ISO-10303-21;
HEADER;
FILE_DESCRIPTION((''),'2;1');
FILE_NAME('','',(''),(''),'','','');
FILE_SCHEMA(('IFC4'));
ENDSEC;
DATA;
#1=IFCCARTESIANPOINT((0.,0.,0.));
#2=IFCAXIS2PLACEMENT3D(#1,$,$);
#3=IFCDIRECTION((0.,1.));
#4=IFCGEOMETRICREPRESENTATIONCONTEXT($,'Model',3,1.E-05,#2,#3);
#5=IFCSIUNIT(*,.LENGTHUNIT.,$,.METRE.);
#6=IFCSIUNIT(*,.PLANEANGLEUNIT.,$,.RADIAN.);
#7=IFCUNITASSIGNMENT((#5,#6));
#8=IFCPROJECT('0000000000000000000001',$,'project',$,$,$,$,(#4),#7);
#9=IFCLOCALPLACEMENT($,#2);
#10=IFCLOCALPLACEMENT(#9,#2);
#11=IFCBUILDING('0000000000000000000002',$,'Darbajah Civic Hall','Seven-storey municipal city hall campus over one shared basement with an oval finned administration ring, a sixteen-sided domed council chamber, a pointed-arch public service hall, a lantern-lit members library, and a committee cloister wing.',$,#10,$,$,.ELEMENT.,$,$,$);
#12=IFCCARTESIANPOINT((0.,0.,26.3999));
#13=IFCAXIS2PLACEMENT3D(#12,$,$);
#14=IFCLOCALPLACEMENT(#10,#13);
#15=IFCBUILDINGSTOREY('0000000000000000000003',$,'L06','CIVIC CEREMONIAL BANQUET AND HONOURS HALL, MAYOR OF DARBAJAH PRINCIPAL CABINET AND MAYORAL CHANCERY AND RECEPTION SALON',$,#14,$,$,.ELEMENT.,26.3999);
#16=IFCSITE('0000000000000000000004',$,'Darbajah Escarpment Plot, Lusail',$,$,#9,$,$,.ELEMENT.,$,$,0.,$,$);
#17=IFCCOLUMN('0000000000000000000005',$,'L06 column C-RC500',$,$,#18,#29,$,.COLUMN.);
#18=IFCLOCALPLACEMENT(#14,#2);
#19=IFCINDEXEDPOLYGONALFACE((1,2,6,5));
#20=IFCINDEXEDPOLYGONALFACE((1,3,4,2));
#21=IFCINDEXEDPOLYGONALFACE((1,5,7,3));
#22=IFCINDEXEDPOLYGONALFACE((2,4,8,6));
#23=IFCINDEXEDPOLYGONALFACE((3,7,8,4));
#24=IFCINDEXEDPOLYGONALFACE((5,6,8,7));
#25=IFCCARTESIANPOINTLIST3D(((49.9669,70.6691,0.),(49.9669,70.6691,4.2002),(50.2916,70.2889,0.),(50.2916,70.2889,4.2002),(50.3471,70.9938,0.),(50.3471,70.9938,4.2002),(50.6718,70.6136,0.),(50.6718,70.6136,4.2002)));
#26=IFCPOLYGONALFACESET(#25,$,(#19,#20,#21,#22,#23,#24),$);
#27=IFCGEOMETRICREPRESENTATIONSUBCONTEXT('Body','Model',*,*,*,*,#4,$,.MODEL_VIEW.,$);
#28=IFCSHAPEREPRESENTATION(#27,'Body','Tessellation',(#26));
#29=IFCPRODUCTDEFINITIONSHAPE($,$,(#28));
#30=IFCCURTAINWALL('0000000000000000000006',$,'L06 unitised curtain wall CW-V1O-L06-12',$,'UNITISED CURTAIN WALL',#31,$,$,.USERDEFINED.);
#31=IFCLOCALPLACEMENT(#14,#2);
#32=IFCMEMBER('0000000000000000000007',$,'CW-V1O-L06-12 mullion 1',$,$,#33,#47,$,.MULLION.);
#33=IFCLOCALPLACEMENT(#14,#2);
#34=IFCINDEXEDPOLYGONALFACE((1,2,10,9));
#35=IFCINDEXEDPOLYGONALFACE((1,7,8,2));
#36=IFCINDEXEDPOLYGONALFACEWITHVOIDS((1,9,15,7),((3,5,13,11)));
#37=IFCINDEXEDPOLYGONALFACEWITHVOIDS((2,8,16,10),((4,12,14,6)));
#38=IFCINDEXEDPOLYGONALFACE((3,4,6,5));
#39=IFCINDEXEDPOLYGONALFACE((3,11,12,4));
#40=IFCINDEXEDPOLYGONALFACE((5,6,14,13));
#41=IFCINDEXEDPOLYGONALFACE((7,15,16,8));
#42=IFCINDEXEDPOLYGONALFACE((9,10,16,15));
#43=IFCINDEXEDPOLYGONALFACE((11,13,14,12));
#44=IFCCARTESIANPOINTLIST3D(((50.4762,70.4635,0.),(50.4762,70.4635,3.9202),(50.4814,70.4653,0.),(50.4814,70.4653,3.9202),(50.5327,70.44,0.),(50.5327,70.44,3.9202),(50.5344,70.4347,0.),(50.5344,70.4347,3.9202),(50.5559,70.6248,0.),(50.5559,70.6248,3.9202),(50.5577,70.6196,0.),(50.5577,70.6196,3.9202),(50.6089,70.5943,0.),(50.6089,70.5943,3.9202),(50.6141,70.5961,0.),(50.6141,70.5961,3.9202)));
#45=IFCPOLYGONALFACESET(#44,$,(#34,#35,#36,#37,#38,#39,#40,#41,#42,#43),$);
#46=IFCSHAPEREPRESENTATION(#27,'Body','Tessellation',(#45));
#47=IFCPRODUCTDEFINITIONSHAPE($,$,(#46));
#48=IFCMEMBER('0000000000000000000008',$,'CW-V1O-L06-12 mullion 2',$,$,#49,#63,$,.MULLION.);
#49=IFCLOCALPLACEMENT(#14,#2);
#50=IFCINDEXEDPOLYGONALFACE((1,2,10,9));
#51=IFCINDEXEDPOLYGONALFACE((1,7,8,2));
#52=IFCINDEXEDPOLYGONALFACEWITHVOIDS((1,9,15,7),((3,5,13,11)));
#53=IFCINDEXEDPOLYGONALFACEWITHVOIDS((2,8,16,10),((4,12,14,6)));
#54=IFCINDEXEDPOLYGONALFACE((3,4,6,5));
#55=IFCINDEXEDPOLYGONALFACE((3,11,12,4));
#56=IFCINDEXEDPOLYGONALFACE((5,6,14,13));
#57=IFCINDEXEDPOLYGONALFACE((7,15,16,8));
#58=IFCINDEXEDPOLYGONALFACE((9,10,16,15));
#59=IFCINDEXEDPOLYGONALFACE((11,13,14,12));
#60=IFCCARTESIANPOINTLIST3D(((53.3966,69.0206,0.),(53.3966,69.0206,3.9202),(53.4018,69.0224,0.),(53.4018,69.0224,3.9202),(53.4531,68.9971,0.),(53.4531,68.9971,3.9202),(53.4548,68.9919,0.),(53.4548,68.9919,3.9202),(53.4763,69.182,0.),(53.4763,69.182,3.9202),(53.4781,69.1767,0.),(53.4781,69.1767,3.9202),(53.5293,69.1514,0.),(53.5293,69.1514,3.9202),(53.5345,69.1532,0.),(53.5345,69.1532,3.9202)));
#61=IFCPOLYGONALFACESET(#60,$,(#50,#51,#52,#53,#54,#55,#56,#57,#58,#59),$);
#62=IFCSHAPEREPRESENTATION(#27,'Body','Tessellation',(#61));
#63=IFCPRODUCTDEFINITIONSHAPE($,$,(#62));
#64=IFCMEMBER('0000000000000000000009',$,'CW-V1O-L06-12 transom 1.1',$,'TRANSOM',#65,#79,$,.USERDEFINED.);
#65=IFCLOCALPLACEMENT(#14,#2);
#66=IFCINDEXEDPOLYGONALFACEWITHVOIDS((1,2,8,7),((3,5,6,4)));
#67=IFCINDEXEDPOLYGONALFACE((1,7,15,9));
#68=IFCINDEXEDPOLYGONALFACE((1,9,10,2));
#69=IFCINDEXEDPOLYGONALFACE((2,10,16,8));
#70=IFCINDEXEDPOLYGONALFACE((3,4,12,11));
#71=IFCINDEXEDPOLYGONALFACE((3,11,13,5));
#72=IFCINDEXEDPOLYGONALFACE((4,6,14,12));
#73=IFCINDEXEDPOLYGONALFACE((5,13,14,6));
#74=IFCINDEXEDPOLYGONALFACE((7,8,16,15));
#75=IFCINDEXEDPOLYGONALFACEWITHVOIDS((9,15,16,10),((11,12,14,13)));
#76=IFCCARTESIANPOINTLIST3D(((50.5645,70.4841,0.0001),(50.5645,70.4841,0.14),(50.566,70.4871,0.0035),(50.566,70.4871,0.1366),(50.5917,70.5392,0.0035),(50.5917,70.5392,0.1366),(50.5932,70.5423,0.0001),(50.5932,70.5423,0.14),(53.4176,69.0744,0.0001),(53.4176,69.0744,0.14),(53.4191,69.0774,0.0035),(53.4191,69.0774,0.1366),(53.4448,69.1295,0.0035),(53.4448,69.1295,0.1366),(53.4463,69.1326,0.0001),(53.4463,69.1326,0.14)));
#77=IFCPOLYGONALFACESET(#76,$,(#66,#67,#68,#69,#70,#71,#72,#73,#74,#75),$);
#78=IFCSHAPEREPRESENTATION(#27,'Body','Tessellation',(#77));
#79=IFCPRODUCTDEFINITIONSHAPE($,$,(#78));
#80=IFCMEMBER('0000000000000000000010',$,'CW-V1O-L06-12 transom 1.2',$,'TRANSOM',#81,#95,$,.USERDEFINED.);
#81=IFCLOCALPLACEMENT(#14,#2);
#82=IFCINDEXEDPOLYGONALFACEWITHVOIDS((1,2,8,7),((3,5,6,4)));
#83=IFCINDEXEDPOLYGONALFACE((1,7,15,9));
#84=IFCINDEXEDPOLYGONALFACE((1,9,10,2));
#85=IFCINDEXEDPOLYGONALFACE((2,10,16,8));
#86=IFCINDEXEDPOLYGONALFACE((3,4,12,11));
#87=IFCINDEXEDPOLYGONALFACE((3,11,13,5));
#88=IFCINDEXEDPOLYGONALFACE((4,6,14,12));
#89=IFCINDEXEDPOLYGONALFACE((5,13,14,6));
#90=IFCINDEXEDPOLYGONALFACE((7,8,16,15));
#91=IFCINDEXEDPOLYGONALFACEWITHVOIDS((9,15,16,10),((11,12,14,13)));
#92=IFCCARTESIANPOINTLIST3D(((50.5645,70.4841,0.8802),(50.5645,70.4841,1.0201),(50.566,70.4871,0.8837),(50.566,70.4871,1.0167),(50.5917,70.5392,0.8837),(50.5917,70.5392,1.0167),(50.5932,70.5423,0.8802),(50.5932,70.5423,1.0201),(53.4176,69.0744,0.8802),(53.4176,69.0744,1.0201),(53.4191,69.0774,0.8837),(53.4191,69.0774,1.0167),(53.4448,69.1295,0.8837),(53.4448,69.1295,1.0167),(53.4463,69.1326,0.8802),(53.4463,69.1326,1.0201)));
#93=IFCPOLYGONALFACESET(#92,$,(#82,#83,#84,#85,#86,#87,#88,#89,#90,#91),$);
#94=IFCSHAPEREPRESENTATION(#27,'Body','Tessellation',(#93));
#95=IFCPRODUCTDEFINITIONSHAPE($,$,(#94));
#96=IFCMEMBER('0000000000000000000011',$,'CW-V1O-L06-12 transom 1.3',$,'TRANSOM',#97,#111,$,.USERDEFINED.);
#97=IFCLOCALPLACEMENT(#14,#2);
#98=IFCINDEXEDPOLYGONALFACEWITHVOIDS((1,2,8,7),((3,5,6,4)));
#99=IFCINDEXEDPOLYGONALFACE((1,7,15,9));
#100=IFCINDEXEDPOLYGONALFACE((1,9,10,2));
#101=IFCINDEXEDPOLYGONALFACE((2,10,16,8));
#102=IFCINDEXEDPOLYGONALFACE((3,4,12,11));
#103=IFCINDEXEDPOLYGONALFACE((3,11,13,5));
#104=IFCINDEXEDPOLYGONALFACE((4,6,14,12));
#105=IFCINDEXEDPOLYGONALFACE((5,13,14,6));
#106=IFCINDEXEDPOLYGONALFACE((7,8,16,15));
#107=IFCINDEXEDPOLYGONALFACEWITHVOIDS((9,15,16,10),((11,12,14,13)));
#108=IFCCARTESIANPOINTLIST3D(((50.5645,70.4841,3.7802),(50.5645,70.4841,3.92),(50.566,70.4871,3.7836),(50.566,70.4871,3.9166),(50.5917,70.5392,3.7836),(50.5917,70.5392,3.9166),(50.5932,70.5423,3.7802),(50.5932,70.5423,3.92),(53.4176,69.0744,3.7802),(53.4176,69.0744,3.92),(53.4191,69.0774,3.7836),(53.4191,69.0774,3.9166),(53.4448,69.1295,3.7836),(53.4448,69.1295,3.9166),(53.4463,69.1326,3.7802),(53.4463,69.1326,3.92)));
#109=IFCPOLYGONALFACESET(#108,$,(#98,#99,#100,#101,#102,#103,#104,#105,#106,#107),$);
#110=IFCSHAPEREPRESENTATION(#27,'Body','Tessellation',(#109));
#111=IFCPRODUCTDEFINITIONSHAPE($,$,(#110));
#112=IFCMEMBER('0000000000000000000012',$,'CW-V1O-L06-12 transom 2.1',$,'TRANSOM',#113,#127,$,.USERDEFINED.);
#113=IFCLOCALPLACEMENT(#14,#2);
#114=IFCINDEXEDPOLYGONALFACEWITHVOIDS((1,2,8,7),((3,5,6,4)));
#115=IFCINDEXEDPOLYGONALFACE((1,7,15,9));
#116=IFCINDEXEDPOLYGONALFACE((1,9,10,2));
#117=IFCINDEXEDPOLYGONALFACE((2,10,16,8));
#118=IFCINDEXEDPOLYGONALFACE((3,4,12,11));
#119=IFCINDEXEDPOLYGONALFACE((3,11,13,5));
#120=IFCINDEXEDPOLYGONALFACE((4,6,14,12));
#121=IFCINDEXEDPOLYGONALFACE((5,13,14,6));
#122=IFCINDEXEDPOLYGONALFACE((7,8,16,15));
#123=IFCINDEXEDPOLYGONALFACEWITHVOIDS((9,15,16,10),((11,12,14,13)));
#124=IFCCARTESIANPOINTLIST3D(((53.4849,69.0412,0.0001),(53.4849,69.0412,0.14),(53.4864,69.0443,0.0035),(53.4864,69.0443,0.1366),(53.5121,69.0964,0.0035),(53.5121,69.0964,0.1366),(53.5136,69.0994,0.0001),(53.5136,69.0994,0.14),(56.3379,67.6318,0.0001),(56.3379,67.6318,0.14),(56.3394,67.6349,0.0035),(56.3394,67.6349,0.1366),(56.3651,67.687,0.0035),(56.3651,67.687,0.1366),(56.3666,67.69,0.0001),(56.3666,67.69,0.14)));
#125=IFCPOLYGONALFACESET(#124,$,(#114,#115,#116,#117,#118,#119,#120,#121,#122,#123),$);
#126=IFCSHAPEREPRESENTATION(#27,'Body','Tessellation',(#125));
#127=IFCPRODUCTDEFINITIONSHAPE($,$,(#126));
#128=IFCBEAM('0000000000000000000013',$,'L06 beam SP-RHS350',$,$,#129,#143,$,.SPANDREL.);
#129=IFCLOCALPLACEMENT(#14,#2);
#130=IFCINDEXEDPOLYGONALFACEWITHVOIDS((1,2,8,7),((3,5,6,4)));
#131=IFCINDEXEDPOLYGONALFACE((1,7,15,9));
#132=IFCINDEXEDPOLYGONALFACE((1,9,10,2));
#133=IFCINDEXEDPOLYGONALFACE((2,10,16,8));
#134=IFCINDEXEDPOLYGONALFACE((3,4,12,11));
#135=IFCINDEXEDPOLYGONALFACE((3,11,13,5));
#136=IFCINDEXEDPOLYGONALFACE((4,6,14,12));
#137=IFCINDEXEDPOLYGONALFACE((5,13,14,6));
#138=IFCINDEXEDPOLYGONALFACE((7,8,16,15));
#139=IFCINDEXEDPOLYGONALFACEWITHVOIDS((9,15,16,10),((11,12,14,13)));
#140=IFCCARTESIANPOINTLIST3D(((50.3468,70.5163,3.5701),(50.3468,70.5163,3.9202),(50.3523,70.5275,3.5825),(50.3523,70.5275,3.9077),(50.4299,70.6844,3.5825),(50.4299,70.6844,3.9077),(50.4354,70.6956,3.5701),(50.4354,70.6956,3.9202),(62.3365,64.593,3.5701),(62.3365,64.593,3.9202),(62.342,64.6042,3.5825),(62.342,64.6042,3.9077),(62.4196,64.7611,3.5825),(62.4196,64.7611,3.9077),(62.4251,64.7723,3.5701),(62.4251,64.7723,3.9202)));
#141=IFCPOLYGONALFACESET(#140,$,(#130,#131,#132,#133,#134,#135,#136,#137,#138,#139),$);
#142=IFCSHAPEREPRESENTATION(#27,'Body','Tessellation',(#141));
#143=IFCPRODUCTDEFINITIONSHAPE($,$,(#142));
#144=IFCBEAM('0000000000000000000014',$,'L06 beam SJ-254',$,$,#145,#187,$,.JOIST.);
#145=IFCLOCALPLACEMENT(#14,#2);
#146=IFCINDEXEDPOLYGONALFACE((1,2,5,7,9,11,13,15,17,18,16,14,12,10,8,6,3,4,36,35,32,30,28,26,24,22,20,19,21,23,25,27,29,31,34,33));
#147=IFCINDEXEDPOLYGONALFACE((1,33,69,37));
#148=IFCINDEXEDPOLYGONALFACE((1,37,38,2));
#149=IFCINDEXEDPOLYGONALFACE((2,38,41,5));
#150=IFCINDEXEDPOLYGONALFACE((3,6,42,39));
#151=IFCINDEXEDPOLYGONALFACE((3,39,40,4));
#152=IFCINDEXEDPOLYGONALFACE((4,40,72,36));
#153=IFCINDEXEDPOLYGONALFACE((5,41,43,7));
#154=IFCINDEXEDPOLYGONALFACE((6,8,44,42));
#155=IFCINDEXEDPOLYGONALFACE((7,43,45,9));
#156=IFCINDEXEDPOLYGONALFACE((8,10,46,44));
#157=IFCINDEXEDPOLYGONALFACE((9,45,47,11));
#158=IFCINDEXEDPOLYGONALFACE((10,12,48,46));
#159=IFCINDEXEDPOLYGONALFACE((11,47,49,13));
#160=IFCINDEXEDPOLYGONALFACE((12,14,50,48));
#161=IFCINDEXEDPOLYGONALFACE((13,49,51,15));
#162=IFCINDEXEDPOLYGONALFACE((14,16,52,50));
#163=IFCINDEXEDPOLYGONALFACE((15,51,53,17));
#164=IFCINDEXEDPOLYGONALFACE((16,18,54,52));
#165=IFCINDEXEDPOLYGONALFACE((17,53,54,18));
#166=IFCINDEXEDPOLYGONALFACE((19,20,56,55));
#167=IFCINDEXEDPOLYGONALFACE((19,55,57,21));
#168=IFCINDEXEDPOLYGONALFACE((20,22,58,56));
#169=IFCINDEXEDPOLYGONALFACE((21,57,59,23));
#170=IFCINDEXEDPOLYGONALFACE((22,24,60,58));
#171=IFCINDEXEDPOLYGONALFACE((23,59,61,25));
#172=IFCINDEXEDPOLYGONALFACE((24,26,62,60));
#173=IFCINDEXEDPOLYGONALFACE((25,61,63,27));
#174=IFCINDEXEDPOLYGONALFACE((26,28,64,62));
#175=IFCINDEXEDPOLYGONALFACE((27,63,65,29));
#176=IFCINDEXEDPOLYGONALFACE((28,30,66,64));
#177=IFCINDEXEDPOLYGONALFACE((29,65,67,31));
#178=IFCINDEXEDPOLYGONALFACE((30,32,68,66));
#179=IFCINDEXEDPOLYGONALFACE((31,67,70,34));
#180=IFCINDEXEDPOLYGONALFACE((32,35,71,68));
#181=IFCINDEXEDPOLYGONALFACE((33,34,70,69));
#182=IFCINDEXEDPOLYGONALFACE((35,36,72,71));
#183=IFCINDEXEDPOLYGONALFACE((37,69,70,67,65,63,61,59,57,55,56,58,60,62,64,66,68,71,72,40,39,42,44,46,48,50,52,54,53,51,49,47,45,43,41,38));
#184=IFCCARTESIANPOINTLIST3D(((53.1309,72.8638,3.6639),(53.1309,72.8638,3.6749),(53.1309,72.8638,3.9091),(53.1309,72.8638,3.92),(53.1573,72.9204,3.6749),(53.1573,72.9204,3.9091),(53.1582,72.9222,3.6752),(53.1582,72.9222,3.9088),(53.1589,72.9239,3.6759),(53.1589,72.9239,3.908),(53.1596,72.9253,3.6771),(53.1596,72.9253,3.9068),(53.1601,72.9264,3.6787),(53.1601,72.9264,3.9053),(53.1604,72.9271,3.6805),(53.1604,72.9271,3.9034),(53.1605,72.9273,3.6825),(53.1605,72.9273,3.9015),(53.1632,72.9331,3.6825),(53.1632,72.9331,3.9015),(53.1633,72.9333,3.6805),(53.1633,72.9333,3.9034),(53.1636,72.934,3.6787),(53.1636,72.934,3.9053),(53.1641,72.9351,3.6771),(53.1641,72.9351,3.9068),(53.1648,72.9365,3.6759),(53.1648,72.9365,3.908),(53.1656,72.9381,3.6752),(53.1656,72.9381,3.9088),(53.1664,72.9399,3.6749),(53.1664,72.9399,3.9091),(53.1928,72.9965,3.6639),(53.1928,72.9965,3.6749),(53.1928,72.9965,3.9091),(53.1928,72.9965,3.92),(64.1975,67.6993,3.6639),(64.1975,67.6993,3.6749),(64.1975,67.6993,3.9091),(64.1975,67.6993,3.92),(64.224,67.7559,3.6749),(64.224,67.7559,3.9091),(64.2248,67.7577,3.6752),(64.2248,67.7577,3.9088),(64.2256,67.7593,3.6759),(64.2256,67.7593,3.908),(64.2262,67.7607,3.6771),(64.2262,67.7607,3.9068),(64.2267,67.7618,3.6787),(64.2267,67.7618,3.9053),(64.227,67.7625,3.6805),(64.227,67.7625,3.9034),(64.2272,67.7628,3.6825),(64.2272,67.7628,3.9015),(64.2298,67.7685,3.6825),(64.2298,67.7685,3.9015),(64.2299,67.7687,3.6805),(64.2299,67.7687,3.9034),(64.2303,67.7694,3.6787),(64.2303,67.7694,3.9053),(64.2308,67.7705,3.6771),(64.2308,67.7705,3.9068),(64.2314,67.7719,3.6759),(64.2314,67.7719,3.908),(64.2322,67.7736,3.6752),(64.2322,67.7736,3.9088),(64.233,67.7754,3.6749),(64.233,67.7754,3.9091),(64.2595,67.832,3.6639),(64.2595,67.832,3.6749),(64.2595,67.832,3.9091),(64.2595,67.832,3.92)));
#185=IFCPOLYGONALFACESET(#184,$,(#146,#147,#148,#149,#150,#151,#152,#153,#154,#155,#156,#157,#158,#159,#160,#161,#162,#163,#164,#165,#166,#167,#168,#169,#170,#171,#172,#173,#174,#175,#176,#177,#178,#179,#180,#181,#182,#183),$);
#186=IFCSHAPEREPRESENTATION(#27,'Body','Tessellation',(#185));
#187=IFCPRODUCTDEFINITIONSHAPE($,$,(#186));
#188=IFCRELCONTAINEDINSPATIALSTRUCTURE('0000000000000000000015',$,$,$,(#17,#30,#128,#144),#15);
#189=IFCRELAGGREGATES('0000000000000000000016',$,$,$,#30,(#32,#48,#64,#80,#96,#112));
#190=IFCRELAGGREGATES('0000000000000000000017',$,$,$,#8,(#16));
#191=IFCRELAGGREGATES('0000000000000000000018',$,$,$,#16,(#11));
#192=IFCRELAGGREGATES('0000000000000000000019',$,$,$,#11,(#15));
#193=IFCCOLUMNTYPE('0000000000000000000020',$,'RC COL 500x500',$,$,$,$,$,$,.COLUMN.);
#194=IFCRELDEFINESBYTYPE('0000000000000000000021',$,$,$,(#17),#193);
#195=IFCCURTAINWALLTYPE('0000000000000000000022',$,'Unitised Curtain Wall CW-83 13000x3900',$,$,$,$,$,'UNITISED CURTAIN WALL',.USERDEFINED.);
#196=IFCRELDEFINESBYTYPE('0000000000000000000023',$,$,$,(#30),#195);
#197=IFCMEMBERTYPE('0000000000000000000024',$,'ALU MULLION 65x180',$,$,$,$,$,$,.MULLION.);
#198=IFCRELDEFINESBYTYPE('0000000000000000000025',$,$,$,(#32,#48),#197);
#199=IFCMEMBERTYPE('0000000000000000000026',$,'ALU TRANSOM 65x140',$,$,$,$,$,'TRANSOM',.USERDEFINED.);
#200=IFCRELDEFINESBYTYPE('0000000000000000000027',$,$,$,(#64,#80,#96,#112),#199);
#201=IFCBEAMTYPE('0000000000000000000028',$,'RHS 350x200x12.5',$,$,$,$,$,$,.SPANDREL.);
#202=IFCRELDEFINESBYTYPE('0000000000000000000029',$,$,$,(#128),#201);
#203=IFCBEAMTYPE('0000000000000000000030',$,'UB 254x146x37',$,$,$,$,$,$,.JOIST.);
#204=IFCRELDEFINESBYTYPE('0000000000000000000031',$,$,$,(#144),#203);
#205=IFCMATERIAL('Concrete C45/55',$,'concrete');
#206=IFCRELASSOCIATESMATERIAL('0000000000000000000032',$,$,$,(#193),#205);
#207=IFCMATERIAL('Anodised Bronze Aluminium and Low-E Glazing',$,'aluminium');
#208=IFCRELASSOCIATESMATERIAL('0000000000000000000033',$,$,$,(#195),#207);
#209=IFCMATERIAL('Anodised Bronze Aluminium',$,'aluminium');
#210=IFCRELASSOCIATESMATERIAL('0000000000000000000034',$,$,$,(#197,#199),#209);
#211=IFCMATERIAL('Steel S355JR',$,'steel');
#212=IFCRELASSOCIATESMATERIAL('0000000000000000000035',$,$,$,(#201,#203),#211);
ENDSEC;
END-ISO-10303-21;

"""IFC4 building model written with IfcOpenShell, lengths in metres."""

from ifc_helpers import new_model, si_unit, direction, frame, origin, origin_2d, place, context, subcontext, project, spatial, rectangle, hollow_rectangle, i_section, extrude, material, material_profile, profile_set, type_object, element, aggregate, save


model = new_model("IFC4")

# Units and contexts
model_context = context("Model", 3, precision=1e-05, world=origin(), true_north=direction((0.0, 1.0)))
body_context = subcontext(model_context, "Body", "Model", "MODEL_VIEW")
ifc_project = project(units=[si_unit("LENGTHUNIT", "METRE"), si_unit("PLANEANGLEUNIT", "RADIAN")], contexts=[model_context])

# Site, building, storey
site_placement = place(None, origin())
site = spatial("IfcSite", under=ifc_project, at=site_placement, Name="Darbajah Escarpment Plot, Lusail", CompositionType="ELEMENT", RefElevation=0.0)
building_placement = place(site_placement, origin())
building = spatial("IfcBuilding", under=site, at=building_placement, Name="Darbajah Civic Hall", Description="Seven-storey municipal city hall campus over one shared basement with an oval finned administration ring, a sixteen-sided domed council chamber, a pointed-arch public service hall, a lantern-lit members library, and a committee cloister wing.", CompositionType="ELEMENT")
storey_placement = place(building_placement, frame((0.0, 0.0, 26.3999)))
storey = spatial("IfcBuildingStorey", under=building, at=storey_placement, Name="L06", Description="CIVIC CEREMONIAL BANQUET AND HONOURS HALL, MAYOR OF DARBAJAH PRINCIPAL CABINET AND MAYORAL CHANCERY AND RECEPTION SALON", CompositionType="ELEMENT", Elevation=26.3999)

# Column
ifc_material_1 = material(Name="Concrete C45/55", Category="concrete")
ifc_material_profile_1 = material_profile(ifc_material_1, rectangle(XDim=0.5, YDim=0.5, at=origin_2d()), Name="RC COL 500x500")
ifc_profile_set_1 = profile_set([ifc_material_profile_1], Name="Concrete C45/55")
column_type = type_object("IfcColumnType", Name="RC COL 500x500", PredefinedType="COLUMN", material=ifc_profile_set_1)
column_placement = place(storey_placement, frame((50.3193, 70.6414, 0.0), z_axis=(0.0, 0.0, 1.0), x_axis=(-0.760406, -0.649448, 0.0)))
element("IfcColumn", 1, at=column_placement, inside=storey, type_object=column_type, Name="L06 column C-RC500", PredefinedType="COLUMN", context=body_context, shape_type="SweptSolid", body=[
    extrude(rectangle(XDim=0.5, YDim=0.5, at=origin_2d()), origin(), (0.0, 0.0, 1.0), 4.2002),
])

# Curtain wall, members
ifc_material_2 = material(Name="Anodised Bronze Aluminium and Low-E Glazing", Category="aluminium")
curtain_wall_type = type_object("IfcCurtainWallType", Name="Unitised Curtain Wall CW-83 13000x3900", ElementType="UNITISED CURTAIN WALL", PredefinedType="USERDEFINED", material=ifc_material_2)
curtain_wall_placement = place(storey_placement, origin())
curtain_wall = element("IfcCurtainWall", 2, at=curtain_wall_placement, inside=storey, type_object=curtain_wall_type, Name="L06 unitised curtain wall CW-V1O-L06-12", ObjectType="UNITISED CURTAIN WALL", PredefinedType="USERDEFINED")
ifc_material_3 = material(Name="Anodised Bronze Aluminium", Category="aluminium")
ifc_material_profile_2 = material_profile(ifc_material_3, hollow_rectangle(XDim=0.0649, YDim=0.1799, WallThickness=0.0039, at=origin_2d()), Name="ALU MULLION 65x180")
ifc_profile_set_2 = profile_set([ifc_material_profile_2], Name="Anodised Bronze Aluminium")
member_type_1 = type_object("IfcMemberType", Name="ALU MULLION 65x180", PredefinedType="MULLION", material=ifc_profile_set_2)
member_1_placement = place(storey_placement, frame((50.5452, 70.5298, 0.0), z_axis=(0.0, 0.0, 1.0), x_axis=(0.896564, -0.442915, 0.0)))
member_1 = element("IfcMember", 3, at=member_1_placement, type_object=member_type_1, Name="CW-V1O-L06-12 mullion 1", PredefinedType="MULLION", context=body_context, shape_type="SweptSolid", body=[
    extrude(hollow_rectangle(XDim=0.0649, YDim=0.1799, WallThickness=0.0039, at=origin_2d()), origin(), (0.0, 0.0, 1.0), 3.9202),
])
member_2_placement = place(storey_placement, frame((53.4656, 69.0869, 0.0), z_axis=(0.0, 0.0, 1.0), x_axis=(0.896564, -0.442915, 0.0)))
member_2 = element("IfcMember", 4, at=member_2_placement, type_object=member_type_1, Name="CW-V1O-L06-12 mullion 2", PredefinedType="MULLION", context=body_context, shape_type="SweptSolid", body=[
    extrude(hollow_rectangle(XDim=0.0649, YDim=0.1799, WallThickness=0.0039, at=origin_2d()), origin(), (0.0, 0.0, 1.0), 3.9202),
])
ifc_material_profile_3 = material_profile(ifc_material_3, hollow_rectangle(XDim=0.0649, YDim=0.1399, WallThickness=0.0034, at=origin_2d()), Name="ALU TRANSOM 65x140")
ifc_profile_set_3 = profile_set([ifc_material_profile_3], Name="Anodised Bronze Aluminium")
member_type_2 = type_object("IfcMemberType", Name="ALU TRANSOM 65x140", ElementType="TRANSOM", PredefinedType="USERDEFINED", material=ifc_profile_set_3)
member_3_placement = place(storey_placement, frame((50.5789, 70.5132, 0.0701), z_axis=(0.896535, -0.442974, 0.0), x_axis=(0.442974, 0.896535, 0.0)))
member_3 = element("IfcMember", 5, at=member_3_placement, type_object=member_type_2, Name="CW-V1O-L06-12 transom 1.1", ObjectType="TRANSOM", PredefinedType="USERDEFINED", context=body_context, shape_type="SweptSolid", body=[
    extrude(hollow_rectangle(XDim=0.0649, YDim=0.1399, WallThickness=0.0034, at=origin_2d()), origin(), (0.0, 0.0, 1.0), 3.1824),
])
member_4_placement = place(storey_placement, frame((50.5789, 70.5132, 0.9502), z_axis=(0.896535, -0.442974, 0.0), x_axis=(0.442974, 0.896535, 0.0)))
member_4 = element("IfcMember", 6, at=member_4_placement, type_object=member_type_2, Name="CW-V1O-L06-12 transom 1.2", ObjectType="TRANSOM", PredefinedType="USERDEFINED", context=body_context, shape_type="SweptSolid", body=[
    extrude(hollow_rectangle(XDim=0.0649, YDim=0.1399, WallThickness=0.0034, at=origin_2d()), origin(), (0.0, 0.0, 1.0), 3.1824),
])
member_5_placement = place(storey_placement, frame((50.5789, 70.5132, 3.8501), z_axis=(0.896535, -0.442974, 0.0), x_axis=(0.442974, 0.896535, 0.0)))
member_5 = element("IfcMember", 7, at=member_5_placement, type_object=member_type_2, Name="CW-V1O-L06-12 transom 1.3", ObjectType="TRANSOM", PredefinedType="USERDEFINED", context=body_context, shape_type="SweptSolid", body=[
    extrude(hollow_rectangle(XDim=0.0649, YDim=0.1399, WallThickness=0.0034, at=origin_2d()), origin(), (0.0, 0.0, 1.0), 3.1824),
])
member_6_placement = place(storey_placement, frame((53.4993, 69.0703, 0.0701), z_axis=(0.896565, -0.442912, 0.0), x_axis=(0.442912, 0.896565, 0.0)))
member_6 = element("IfcMember", 8, at=member_6_placement, type_object=member_type_2, Name="CW-V1O-L06-12 transom 2.1", ObjectType="TRANSOM", PredefinedType="USERDEFINED", context=body_context, shape_type="SweptSolid", body=[
    extrude(hollow_rectangle(XDim=0.0649, YDim=0.1399, WallThickness=0.0034, at=origin_2d()), origin(), (0.0, 0.0, 1.0), 3.1821),
])

# Beams
ifc_material_4 = material(Name="Steel S355JR", Category="steel")
ifc_material_profile_4 = material_profile(ifc_material_4, hollow_rectangle(XDim=0.2, YDim=0.3501, WallThickness=0.0125, at=origin_2d()), Name="RHS 350x200x12.5")
ifc_profile_set_4 = profile_set([ifc_material_profile_4], Name="Steel S355JR")
beam_type_1 = type_object("IfcBeamType", Name="RHS 350x200x12.5", PredefinedType="SPANDREL", material=ifc_profile_set_4)
beam_1_placement = place(storey_placement, frame((50.3911, 70.606, 3.7451), z_axis=(0.896557, -0.442929, 0.0), x_axis=(0.442929, 0.896557, 0.0)))
element("IfcBeam", 9, at=beam_1_placement, inside=storey, type_object=beam_type_1, Name="L06 beam SP-RHS350", PredefinedType="SPANDREL", context=body_context, shape_type="SweptSolid", body=[
    extrude(hollow_rectangle(XDim=0.2, YDim=0.3501, WallThickness=0.0125, at=origin_2d()), origin(), (0.0, 0.0, 1.0), 13.373),
])
ifc_material_profile_5 = material_profile(ifc_material_4, i_section(OverallWidth=0.1465, OverallDepth=0.2561, WebThickness=0.0063, FlangeThickness=0.011, FilletRadius=0.0076, at=origin_2d()), Name="UB 254x146x37")
ifc_profile_set_5 = profile_set([ifc_material_profile_5], Name="Steel S355JR")
beam_type_2 = type_object("IfcBeamType", Name="UB 254x146x37", PredefinedType="JOIST", material=ifc_profile_set_5)
beam_2_placement = place(storey_placement, frame((53.1619, 72.9302, 3.792), z_axis=(0.90618, -0.422893, 0.0), x_axis=(0.422893, 0.90618, 0.0)))
element("IfcBeam", 10, at=beam_2_placement, inside=storey, type_object=beam_type_2, Name="L06 beam SJ-254", PredefinedType="JOIST", context=body_context, shape_type="SweptSolid", body=[
    extrude(i_section(OverallWidth=0.1465, OverallDepth=0.2561, WebThickness=0.0063, FlangeThickness=0.011, FilletRadius=0.0076, at=origin_2d()), origin(), (0.0, 0.0, 1.0), 12.2124),
])

aggregate(curtain_wall, [member_1, member_2, member_3, member_4, member_5, member_6])

save(model, "model.ifc")
